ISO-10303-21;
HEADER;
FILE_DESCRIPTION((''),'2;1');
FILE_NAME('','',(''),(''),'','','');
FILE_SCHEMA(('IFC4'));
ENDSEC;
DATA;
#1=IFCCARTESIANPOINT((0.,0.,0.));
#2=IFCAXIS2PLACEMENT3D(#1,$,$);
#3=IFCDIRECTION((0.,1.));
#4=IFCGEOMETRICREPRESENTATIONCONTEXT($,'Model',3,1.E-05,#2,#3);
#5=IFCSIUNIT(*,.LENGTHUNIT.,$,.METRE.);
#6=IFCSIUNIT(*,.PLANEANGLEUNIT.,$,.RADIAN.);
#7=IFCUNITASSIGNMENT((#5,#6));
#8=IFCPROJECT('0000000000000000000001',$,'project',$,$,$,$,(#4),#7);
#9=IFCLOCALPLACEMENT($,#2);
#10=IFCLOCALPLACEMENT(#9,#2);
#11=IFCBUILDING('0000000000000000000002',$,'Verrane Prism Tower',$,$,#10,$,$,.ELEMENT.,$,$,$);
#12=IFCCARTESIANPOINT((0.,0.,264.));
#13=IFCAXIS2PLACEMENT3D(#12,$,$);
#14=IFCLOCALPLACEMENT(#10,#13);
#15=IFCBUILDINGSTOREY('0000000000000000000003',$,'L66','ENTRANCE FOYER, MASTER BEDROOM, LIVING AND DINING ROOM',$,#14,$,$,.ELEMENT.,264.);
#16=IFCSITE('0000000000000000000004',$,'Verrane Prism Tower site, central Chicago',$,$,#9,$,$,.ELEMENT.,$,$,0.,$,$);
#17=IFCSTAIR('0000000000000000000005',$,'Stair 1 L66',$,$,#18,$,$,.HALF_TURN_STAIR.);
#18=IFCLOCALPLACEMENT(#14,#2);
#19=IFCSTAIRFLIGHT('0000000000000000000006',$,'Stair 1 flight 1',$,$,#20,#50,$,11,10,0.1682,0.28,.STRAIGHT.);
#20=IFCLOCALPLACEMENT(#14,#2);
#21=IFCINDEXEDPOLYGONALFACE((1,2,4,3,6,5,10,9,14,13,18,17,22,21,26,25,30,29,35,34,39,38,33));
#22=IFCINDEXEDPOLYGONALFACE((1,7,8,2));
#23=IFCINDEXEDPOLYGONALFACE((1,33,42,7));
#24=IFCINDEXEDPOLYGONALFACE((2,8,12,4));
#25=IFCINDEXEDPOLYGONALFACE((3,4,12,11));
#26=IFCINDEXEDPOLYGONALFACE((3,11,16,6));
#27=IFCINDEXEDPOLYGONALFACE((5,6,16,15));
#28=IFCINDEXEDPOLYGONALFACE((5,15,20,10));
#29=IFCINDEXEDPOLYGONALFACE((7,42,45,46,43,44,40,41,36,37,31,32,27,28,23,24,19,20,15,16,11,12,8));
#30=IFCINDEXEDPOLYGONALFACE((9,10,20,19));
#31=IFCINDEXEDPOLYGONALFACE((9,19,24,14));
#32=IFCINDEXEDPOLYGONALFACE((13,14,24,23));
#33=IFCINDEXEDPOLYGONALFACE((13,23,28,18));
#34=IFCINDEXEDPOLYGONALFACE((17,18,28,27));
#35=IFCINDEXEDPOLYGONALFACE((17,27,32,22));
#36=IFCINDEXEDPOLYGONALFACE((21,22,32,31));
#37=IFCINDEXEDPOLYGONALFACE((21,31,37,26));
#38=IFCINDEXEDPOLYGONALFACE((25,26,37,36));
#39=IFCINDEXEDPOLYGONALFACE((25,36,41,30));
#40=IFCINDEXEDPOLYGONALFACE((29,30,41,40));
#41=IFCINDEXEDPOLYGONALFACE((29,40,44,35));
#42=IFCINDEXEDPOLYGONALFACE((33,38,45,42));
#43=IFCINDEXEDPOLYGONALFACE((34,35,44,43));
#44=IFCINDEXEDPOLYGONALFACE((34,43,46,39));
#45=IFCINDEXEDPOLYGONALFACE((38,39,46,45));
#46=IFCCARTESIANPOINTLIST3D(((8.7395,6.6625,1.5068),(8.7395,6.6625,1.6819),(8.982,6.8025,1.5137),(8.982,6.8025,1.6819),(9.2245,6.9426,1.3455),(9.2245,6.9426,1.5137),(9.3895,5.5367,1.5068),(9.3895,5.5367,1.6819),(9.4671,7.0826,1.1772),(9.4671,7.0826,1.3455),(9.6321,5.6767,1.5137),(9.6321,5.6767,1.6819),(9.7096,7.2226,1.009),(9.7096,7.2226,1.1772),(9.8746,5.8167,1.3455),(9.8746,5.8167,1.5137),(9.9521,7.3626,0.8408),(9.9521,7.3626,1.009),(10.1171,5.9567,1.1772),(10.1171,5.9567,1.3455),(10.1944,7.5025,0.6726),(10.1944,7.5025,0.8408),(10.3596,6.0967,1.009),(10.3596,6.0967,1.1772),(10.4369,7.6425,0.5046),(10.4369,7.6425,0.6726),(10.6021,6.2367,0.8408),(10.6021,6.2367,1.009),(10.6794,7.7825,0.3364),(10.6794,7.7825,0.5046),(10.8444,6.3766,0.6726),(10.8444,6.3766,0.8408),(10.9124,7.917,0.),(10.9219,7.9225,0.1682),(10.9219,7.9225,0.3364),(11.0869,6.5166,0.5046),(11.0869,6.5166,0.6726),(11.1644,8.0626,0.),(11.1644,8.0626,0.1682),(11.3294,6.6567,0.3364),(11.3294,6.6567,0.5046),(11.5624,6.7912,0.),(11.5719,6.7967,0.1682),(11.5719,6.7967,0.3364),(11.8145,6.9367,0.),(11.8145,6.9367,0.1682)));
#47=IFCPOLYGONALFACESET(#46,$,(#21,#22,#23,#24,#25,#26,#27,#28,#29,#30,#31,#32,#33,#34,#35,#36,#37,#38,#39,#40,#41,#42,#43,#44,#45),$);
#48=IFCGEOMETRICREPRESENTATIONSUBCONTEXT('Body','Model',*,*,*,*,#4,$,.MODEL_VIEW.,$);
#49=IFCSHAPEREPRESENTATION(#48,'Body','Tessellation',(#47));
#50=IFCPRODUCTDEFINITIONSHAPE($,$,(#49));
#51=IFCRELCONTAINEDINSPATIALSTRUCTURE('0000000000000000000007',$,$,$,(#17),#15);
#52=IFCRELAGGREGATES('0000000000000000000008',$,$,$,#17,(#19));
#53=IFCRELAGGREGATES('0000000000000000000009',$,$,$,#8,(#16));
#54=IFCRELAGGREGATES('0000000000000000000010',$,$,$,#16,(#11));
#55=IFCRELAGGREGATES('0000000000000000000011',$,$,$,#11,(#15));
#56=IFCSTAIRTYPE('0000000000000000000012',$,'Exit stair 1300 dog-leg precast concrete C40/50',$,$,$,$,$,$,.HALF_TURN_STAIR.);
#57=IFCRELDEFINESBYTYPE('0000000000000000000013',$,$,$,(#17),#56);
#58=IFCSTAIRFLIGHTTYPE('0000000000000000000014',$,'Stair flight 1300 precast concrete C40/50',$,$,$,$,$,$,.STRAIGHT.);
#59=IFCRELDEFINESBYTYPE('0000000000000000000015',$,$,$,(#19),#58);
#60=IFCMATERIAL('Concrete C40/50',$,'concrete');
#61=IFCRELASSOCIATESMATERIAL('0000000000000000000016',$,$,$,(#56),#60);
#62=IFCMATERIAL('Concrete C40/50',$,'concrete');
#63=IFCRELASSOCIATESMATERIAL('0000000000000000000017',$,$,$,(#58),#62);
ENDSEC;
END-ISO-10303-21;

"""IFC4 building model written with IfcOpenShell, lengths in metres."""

from ifc_helpers import new_model, si_unit, direction, frame, origin, place, context, subcontext, project, spatial, polyline, outline, extrude, material, type_object, element, aggregate, save


model = new_model("IFC4")

# Units and contexts
model_context = context("Model", 3, precision=1e-05, world=origin(), true_north=direction((0.0, 1.0)))
body_context = subcontext(model_context, "Body", "Model", "MODEL_VIEW")
ifc_project = project(units=[si_unit("LENGTHUNIT", "METRE"), si_unit("PLANEANGLEUNIT", "RADIAN")], contexts=[model_context])

# Site, building, storey
site_placement = place(None, origin())
site = spatial("IfcSite", under=ifc_project, at=site_placement, Name="Verrane Prism Tower site, central Chicago", CompositionType="ELEMENT", RefElevation=0.0)
building_placement = place(site_placement, origin())
building = spatial("IfcBuilding", under=site, at=building_placement, Name="Verrane Prism Tower", CompositionType="ELEMENT")
storey_placement = place(building_placement, frame((0.0, 0.0, 264.0)))
storey = spatial("IfcBuildingStorey", under=building, at=storey_placement, Name="L66", Description="ENTRANCE FOYER, MASTER BEDROOM, LIVING AND DINING ROOM", CompositionType="ELEMENT", Elevation=264.0)

# Stair, stair flight
ifc_material_1 = material(Name="Concrete C40/50", Category="concrete")
stair_type = type_object("IfcStairType", Name="Exit stair 1300 dog-leg precast concrete C40/50", PredefinedType="HALF_TURN_STAIR", material=ifc_material_1)
stair_placement = place(storey_placement, origin())
stair = element("IfcStair", 1, at=stair_placement, inside=storey, type_object=stair_type, Name="Stair 1 L66", PredefinedType="HALF_TURN_STAIR")
ifc_material_2 = material(Name="Concrete C40/50", Category="concrete")
stair_flight_type = type_object("IfcStairFlightType", Name="Stair flight 1300 precast concrete C40/50", PredefinedType="STRAIGHT", material=ifc_material_2)
stair_flight_placement = place(storey_placement, frame((11.4895, 7.4995, 0.0), z_axis=(0.0, 0.0, 1.0), x_axis=(-0.866025, -0.5, 0.0)))
stair_flight = element("IfcStairFlight", 2, at=stair_flight_placement, type_object=stair_flight_type, Name="Stair 1 flight 1", NumberOfRisers=11, NumberOfTreads=10, PredefinedType="STRAIGHT", RiserHeight=0.1682, TreadLength=0.28, context=body_context, shape_type="SweptSolid", body=[
    extrude(outline(polyline([(0.0, 0.0), (0.0, 0.1682), (0.28, 0.1682), (0.28, 0.3364), (0.5601, 0.3364), (0.5601, 0.5046), (0.8401, 0.5046), (0.8401, 0.6726), (1.1201, 0.6726), (1.1201, 0.8408), (1.3999, 0.8408), (1.3999, 1.009), (1.6799, 1.009), (1.6799, 1.1772), (1.96, 1.1772), (1.96, 1.3455), (2.24, 1.3455), (2.24, 1.5137), (2.52, 1.5137), (2.52, 1.6819), (2.8, 1.6819), (2.8, 1.8501), (2.8, 1.5068), (0.291, 0.0), (0.0, 0.0)])), frame((0.0, 0.6499, 0.0), z_axis=(0.0, -1.0, 0.0), x_axis=(1.0, 0.0, 0.0)), (0.0, 0.0, 1.0), 1.3),
])
aggregate(stair, [stair_flight])

save(model, "model.ifc")
